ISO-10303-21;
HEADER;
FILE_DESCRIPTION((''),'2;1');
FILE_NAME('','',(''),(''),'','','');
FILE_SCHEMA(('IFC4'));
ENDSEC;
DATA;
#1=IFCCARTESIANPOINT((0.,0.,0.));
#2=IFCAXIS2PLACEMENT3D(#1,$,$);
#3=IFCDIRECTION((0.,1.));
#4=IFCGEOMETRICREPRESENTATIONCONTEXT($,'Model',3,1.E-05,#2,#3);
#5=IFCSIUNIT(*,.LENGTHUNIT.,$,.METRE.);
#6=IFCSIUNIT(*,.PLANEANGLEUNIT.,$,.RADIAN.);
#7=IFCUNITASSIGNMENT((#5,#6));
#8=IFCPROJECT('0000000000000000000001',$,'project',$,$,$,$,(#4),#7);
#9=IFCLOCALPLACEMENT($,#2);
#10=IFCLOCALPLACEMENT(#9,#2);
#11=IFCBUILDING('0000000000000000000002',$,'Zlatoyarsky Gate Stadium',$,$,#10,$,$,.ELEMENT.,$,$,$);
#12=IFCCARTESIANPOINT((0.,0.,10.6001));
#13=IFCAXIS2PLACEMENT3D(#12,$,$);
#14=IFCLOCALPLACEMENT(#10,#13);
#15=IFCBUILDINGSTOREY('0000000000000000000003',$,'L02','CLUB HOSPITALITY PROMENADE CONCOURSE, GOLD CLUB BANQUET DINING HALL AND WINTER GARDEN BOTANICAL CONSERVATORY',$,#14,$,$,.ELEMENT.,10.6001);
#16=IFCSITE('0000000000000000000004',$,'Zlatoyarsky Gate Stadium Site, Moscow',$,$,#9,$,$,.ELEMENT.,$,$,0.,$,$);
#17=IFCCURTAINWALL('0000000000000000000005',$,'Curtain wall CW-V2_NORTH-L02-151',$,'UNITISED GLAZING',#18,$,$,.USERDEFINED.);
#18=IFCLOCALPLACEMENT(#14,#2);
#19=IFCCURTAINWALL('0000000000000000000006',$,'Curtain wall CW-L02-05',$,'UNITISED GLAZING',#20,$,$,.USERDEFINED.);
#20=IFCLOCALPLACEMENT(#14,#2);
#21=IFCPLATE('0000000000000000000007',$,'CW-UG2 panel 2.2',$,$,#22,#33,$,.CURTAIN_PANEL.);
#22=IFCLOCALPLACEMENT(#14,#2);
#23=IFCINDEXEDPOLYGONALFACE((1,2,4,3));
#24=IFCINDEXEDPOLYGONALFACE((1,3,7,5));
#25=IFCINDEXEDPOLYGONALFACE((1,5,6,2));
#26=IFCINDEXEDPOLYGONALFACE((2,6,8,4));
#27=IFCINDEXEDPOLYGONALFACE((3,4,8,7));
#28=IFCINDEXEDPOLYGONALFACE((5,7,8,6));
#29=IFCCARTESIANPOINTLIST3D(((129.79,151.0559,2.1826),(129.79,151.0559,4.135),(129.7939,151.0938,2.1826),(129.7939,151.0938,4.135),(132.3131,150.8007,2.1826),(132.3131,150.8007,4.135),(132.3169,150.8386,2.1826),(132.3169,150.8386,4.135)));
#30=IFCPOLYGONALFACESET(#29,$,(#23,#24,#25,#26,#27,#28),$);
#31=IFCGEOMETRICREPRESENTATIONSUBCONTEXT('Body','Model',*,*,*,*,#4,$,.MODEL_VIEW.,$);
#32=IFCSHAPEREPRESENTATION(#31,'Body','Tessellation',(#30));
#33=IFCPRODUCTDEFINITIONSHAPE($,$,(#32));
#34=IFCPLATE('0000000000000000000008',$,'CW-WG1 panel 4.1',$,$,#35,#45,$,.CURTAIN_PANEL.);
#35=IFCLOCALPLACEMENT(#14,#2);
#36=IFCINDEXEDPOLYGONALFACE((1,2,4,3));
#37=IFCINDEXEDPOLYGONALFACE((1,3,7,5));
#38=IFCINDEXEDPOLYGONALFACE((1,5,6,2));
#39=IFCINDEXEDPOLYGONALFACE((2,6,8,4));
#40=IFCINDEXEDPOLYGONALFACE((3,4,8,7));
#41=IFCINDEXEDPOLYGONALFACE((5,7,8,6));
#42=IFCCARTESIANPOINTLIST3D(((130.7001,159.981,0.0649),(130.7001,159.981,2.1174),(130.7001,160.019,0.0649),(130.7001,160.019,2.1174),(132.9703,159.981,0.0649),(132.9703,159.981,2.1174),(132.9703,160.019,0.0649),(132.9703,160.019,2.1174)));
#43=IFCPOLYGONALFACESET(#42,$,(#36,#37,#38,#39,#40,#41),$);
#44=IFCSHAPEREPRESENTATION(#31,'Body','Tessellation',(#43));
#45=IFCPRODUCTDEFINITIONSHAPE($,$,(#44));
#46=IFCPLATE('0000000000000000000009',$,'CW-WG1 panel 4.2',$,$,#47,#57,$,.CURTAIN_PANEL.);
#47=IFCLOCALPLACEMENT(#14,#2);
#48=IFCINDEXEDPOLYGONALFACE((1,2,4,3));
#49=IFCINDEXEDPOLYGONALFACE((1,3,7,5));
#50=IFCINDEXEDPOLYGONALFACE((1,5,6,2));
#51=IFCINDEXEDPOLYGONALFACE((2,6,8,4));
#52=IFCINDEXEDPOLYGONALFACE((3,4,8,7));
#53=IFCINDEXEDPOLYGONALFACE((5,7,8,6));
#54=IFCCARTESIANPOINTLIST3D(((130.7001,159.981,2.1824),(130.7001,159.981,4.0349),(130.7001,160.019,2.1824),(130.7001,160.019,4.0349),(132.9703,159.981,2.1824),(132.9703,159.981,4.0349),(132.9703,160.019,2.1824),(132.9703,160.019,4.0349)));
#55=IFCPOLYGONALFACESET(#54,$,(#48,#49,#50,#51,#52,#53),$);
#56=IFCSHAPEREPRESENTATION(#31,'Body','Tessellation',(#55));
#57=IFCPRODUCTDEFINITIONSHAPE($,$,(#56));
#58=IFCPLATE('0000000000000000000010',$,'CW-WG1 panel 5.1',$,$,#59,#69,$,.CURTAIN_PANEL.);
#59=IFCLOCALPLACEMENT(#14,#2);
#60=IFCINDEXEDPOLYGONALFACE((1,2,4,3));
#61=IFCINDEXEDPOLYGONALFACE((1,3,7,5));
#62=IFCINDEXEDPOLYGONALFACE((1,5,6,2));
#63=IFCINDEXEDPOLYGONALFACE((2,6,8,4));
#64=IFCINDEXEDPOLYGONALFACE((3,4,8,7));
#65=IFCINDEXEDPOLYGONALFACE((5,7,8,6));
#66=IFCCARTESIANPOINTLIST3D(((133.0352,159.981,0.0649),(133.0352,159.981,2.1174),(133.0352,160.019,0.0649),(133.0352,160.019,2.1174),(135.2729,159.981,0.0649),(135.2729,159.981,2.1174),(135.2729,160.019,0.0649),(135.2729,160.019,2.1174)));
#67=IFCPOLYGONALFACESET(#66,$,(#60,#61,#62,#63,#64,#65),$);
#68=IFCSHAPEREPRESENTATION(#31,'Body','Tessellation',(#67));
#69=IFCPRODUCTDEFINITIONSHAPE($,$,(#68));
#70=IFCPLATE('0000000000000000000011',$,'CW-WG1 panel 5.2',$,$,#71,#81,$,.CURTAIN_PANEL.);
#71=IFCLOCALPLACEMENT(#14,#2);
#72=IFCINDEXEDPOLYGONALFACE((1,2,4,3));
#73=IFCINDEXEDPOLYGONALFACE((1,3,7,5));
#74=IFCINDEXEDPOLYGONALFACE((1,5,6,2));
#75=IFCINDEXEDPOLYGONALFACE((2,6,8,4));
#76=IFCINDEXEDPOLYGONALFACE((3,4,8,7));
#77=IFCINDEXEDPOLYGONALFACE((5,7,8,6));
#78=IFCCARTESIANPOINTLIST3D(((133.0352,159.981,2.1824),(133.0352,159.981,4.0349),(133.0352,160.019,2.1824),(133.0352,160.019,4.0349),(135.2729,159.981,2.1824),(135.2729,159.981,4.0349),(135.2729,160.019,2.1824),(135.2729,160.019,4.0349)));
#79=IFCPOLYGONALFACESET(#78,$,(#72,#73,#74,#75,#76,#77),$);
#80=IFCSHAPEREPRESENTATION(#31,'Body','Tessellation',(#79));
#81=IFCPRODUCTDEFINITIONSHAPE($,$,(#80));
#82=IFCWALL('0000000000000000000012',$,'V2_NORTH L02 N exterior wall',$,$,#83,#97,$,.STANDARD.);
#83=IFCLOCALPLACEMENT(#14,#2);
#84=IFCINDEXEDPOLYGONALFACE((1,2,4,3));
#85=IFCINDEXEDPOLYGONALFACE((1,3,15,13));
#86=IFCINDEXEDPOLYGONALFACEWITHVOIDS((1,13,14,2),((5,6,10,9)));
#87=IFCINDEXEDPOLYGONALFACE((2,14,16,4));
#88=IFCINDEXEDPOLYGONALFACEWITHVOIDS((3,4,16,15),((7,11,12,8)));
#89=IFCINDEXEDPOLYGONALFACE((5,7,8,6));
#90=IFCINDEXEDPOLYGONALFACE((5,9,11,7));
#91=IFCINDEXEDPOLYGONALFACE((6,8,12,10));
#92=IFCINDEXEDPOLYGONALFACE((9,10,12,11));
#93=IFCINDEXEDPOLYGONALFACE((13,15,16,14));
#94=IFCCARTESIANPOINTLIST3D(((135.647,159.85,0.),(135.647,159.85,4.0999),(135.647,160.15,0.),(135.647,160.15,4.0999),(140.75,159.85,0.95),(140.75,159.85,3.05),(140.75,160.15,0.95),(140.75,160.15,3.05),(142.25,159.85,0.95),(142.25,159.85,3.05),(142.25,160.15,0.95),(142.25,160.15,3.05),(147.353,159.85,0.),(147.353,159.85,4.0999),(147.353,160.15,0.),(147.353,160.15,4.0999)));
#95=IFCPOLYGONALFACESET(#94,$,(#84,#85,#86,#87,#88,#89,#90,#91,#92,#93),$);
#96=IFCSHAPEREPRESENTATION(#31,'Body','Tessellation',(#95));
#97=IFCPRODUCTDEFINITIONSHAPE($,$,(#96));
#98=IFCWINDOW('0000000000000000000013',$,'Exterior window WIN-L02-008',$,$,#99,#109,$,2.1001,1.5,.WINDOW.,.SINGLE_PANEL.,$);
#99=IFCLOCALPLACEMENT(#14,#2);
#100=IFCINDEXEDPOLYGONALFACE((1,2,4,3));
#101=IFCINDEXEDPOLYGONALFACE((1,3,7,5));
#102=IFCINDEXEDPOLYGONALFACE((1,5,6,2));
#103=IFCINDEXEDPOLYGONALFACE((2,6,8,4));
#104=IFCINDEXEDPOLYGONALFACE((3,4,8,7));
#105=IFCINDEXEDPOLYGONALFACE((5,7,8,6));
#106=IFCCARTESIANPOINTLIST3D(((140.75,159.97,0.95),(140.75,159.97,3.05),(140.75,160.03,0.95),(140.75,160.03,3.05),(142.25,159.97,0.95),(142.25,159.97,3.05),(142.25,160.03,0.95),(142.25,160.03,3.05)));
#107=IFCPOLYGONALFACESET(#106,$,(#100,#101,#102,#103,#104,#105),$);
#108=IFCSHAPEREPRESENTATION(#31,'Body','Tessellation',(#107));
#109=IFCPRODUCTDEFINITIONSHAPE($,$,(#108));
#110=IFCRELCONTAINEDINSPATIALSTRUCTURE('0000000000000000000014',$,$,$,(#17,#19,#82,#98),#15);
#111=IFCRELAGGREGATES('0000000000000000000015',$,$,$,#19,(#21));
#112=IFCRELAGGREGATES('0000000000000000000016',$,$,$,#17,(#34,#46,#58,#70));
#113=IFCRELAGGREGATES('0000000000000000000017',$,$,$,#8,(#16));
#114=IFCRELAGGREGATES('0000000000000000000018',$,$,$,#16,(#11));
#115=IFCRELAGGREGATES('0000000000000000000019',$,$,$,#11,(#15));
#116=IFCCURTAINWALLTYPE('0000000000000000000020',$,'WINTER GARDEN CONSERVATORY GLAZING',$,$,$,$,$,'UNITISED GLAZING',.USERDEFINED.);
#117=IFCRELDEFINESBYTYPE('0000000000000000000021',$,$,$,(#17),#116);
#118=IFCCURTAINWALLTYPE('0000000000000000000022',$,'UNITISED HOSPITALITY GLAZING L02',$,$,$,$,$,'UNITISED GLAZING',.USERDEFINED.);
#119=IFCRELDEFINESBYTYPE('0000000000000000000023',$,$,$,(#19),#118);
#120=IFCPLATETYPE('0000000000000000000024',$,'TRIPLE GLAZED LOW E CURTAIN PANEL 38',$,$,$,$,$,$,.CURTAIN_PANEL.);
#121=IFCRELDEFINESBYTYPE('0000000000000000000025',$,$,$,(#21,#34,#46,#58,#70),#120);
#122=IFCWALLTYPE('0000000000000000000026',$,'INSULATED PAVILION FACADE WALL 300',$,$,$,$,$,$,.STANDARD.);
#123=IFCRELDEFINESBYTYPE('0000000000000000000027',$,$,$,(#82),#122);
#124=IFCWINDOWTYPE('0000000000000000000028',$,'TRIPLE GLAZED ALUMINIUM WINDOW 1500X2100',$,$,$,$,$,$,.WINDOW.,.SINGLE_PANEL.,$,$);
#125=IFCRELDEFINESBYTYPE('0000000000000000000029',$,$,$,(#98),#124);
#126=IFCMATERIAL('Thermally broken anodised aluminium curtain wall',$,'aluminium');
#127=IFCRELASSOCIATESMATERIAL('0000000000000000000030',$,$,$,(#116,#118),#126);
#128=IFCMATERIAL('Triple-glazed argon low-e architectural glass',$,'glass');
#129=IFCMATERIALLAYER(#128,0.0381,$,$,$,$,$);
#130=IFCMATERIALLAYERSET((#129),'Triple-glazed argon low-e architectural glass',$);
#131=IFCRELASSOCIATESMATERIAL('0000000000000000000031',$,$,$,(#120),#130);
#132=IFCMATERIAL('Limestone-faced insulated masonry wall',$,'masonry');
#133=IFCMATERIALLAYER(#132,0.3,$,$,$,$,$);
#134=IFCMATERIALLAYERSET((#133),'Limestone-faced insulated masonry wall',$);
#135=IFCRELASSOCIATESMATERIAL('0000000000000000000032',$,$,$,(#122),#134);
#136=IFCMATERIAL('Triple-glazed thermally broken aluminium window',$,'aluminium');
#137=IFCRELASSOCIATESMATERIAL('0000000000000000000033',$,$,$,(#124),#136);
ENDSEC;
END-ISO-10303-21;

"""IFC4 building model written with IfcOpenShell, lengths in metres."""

from ifc_helpers import new_model, si_unit, direction, frame, frame_2d, origin, origin_2d, place, context, subcontext, project, spatial, rectangle, extrude, material, layer, layer_set, type_object, element, fill, aggregate, save


model = new_model("IFC4")

# Units and contexts
model_context = context("Model", 3, precision=1e-05, world=origin(), true_north=direction((0.0, 1.0)))
body_context = subcontext(model_context, "Body", "Model", "MODEL_VIEW")
ifc_project = project(units=[si_unit("LENGTHUNIT", "METRE"), si_unit("PLANEANGLEUNIT", "RADIAN")], contexts=[model_context])

# Site, building, storey
site_placement = place(None, origin())
site = spatial("IfcSite", under=ifc_project, at=site_placement, Name="Zlatoyarsky Gate Stadium Site, Moscow", CompositionType="ELEMENT", RefElevation=0.0)
building_placement = place(site_placement, origin())
building = spatial("IfcBuilding", under=site, at=building_placement, Name="Zlatoyarsky Gate Stadium", CompositionType="ELEMENT")
storey_placement = place(building_placement, frame((0.0, 0.0, 10.6001)))
storey = spatial("IfcBuildingStorey", under=building, at=storey_placement, Name="L02", Description="CLUB HOSPITALITY PROMENADE CONCOURSE, GOLD CLUB BANQUET DINING HALL AND WINTER GARDEN BOTANICAL CONSERVATORY", CompositionType="ELEMENT", Elevation=10.6001)

# Curtain walls
ifc_material_1 = material(Name="Thermally broken anodised aluminium curtain wall", Category="aluminium")
curtain_wall_type_1 = type_object("IfcCurtainWallType", Name="WINTER GARDEN CONSERVATORY GLAZING", ElementType="UNITISED GLAZING", PredefinedType="USERDEFINED", material=ifc_material_1)
curtain_wall_1_placement = place(storey_placement, origin())
curtain_wall_1 = element("IfcCurtainWall", 1, at=curtain_wall_1_placement, inside=storey, type_object=curtain_wall_type_1, Name="Curtain wall CW-V2_NORTH-L02-151", ObjectType="UNITISED GLAZING", PredefinedType="USERDEFINED")
curtain_wall_type_2 = type_object("IfcCurtainWallType", Name="UNITISED HOSPITALITY GLAZING L02", ElementType="UNITISED GLAZING", PredefinedType="USERDEFINED", material=ifc_material_1)
curtain_wall_2_placement = place(storey_placement, origin())
curtain_wall_2 = element("IfcCurtainWall", 2, at=curtain_wall_2_placement, inside=storey, type_object=curtain_wall_type_2, Name="Curtain wall CW-L02-05", ObjectType="UNITISED GLAZING", PredefinedType="USERDEFINED")

# Plates
ifc_material_2 = material(Name="Triple-glazed argon low-e architectural glass", Category="glass")
ifc_layer_1 = layer(ifc_material_2, 0.0381)
ifc_layer_set_1 = layer_set([ifc_layer_1], Name="Triple-glazed argon low-e architectural glass")
plate_type_1 = type_object("IfcPlateType", Name="TRIPLE GLAZED LOW E CURTAIN PANEL 38", PredefinedType="CURTAIN_PANEL", material=ifc_layer_set_1)
plate_1_placement = place(storey_placement, frame((131.0535, 150.9473, 2.1826), z_axis=(0.0, 0.0, 1.0), x_axis=(-0.994922, 0.100645, 0.0)))
plate_1 = element("IfcPlate", 3, at=plate_1_placement, type_object=plate_type_1, Name="CW-UG2 panel 2.2", PredefinedType="CURTAIN_PANEL", context=body_context, shape_type="SweptSolid", body=[
    extrude(rectangle(XDim=2.5359, YDim=0.0381, at=origin_2d()), origin(), (0.0, 0.0, 1.0), 1.9524),
])
aggregate(curtain_wall_2, [plate_1])
plate_2_placement = place(storey_placement, frame((131.8352, 160.0, 0.0649), z_axis=(0.0, 0.0, 1.0), x_axis=(1.0, 0.0, 0.0)))
plate_2 = element("IfcPlate", 4, at=plate_2_placement, type_object=plate_type_1, Name="CW-WG1 panel 4.1", PredefinedType="CURTAIN_PANEL", context=body_context, shape_type="SweptSolid", body=[
    extrude(rectangle(XDim=2.2703, YDim=0.0381, at=origin_2d()), origin(), (0.0, 0.0, 1.0), 2.0525),
])
plate_3_placement = place(storey_placement, frame((131.8352, 160.0, 2.1824), z_axis=(0.0, 0.0, 1.0), x_axis=(1.0, 0.0, 0.0)))
plate_3 = element("IfcPlate", 5, at=plate_3_placement, type_object=plate_type_1, Name="CW-WG1 panel 4.2", PredefinedType="CURTAIN_PANEL", context=body_context, shape_type="SweptSolid", body=[
    extrude(rectangle(XDim=2.2703, YDim=0.0381, at=origin_2d()), origin(), (0.0, 0.0, 1.0), 1.8525),
])
plate_4_placement = place(storey_placement, frame((134.1541, 160.0, 0.0649), z_axis=(0.0, 0.0, 1.0), x_axis=(1.0, 0.0, 0.0)))
plate_4 = element("IfcPlate", 6, at=plate_4_placement, type_object=plate_type_1, Name="CW-WG1 panel 5.1", PredefinedType="CURTAIN_PANEL", context=body_context, shape_type="SweptSolid", body=[
    extrude(rectangle(XDim=2.2378, YDim=0.0381, at=origin_2d()), origin(), (0.0, 0.0, 1.0), 2.0525),
])
plate_5_placement = place(storey_placement, frame((134.1541, 160.0, 2.1824), z_axis=(0.0, 0.0, 1.0), x_axis=(1.0, 0.0, 0.0)))
plate_5 = element("IfcPlate", 7, at=plate_5_placement, type_object=plate_type_1, Name="CW-WG1 panel 5.2", PredefinedType="CURTAIN_PANEL", context=body_context, shape_type="SweptSolid", body=[
    extrude(rectangle(XDim=2.2378, YDim=0.0381, at=origin_2d()), origin(), (0.0, 0.0, 1.0), 1.8525),
])
aggregate(curtain_wall_1, [plate_2, plate_3, plate_4, plate_5])

# Wall, opening, window
ifc_material_3 = material(Name="Limestone-faced insulated masonry wall", Category="masonry")
ifc_layer_2 = layer(ifc_material_3, 0.3)
ifc_layer_set_2 = layer_set([ifc_layer_2], Name="Limestone-faced insulated masonry wall")
wall_type = type_object("IfcWallType", Name="INSULATED PAVILION FACADE WALL 300", PredefinedType="STANDARD", material=ifc_layer_set_2)
wall_placement = place(storey_placement, frame((135.647, 160.0, 0.0), z_axis=(0.0, 0.0, 1.0), x_axis=(1.0, 0.0, 0.0)))
wall = element("IfcWall", 8, at=wall_placement, inside=storey, type_object=wall_type, Name="V2_NORTH L02 N exterior wall", PredefinedType="STANDARD", context=body_context, shape_type="SweptSolid", body=[
    extrude(rectangle(XDim=11.7061, YDim=0.3, at=frame_2d((5.853, 0.0))), origin(), (0.0, 0.0, 1.0), 4.0999),
])
opening_placement = place(wall_placement, frame((5.103, 0.0, 0.95)))
opening = element("IfcOpeningElement", 9, at=opening_placement, cuts=wall, PredefinedType="OPENING", context=body_context, shape_type="SweptSolid", body=[
    extrude(rectangle(XDim=1.5, YDim=2.1001, at=frame_2d((0.75, 1.05))), frame((0.0, 0.1599, 0.0), z_axis=(0.0, -1.0, 0.0), x_axis=(1.0, 0.0, 0.0)), (0.0, 0.0, 1.0), 0.3201),
])
ifc_material_4 = material(Name="Triple-glazed thermally broken aluminium window", Category="aluminium")
window_type = type_object("IfcWindowType", Name="TRIPLE GLAZED ALUMINIUM WINDOW 1500X2100", PartitioningType="SINGLE_PANEL", PredefinedType="WINDOW", material=ifc_material_4)
window_placement = place(opening_placement, origin())
window = element("IfcWindow", 10, at=window_placement, inside=storey, type_object=window_type, Name="Exterior window WIN-L02-008", OverallHeight=2.1001, OverallWidth=1.5, PartitioningType="SINGLE_PANEL", PredefinedType="WINDOW", context=body_context, shape_type="SweptSolid", body=[
    extrude(rectangle(XDim=1.5, YDim=2.1001, at=frame_2d((0.75, 1.05))), frame((0.0, 0.03, 0.0), z_axis=(0.0, -1.0, 0.0), x_axis=(1.0, 0.0, 0.0)), (0.0, 0.0, 1.0), 0.0601),
])
fill(opening, window)

save(model, "model.ifc")
